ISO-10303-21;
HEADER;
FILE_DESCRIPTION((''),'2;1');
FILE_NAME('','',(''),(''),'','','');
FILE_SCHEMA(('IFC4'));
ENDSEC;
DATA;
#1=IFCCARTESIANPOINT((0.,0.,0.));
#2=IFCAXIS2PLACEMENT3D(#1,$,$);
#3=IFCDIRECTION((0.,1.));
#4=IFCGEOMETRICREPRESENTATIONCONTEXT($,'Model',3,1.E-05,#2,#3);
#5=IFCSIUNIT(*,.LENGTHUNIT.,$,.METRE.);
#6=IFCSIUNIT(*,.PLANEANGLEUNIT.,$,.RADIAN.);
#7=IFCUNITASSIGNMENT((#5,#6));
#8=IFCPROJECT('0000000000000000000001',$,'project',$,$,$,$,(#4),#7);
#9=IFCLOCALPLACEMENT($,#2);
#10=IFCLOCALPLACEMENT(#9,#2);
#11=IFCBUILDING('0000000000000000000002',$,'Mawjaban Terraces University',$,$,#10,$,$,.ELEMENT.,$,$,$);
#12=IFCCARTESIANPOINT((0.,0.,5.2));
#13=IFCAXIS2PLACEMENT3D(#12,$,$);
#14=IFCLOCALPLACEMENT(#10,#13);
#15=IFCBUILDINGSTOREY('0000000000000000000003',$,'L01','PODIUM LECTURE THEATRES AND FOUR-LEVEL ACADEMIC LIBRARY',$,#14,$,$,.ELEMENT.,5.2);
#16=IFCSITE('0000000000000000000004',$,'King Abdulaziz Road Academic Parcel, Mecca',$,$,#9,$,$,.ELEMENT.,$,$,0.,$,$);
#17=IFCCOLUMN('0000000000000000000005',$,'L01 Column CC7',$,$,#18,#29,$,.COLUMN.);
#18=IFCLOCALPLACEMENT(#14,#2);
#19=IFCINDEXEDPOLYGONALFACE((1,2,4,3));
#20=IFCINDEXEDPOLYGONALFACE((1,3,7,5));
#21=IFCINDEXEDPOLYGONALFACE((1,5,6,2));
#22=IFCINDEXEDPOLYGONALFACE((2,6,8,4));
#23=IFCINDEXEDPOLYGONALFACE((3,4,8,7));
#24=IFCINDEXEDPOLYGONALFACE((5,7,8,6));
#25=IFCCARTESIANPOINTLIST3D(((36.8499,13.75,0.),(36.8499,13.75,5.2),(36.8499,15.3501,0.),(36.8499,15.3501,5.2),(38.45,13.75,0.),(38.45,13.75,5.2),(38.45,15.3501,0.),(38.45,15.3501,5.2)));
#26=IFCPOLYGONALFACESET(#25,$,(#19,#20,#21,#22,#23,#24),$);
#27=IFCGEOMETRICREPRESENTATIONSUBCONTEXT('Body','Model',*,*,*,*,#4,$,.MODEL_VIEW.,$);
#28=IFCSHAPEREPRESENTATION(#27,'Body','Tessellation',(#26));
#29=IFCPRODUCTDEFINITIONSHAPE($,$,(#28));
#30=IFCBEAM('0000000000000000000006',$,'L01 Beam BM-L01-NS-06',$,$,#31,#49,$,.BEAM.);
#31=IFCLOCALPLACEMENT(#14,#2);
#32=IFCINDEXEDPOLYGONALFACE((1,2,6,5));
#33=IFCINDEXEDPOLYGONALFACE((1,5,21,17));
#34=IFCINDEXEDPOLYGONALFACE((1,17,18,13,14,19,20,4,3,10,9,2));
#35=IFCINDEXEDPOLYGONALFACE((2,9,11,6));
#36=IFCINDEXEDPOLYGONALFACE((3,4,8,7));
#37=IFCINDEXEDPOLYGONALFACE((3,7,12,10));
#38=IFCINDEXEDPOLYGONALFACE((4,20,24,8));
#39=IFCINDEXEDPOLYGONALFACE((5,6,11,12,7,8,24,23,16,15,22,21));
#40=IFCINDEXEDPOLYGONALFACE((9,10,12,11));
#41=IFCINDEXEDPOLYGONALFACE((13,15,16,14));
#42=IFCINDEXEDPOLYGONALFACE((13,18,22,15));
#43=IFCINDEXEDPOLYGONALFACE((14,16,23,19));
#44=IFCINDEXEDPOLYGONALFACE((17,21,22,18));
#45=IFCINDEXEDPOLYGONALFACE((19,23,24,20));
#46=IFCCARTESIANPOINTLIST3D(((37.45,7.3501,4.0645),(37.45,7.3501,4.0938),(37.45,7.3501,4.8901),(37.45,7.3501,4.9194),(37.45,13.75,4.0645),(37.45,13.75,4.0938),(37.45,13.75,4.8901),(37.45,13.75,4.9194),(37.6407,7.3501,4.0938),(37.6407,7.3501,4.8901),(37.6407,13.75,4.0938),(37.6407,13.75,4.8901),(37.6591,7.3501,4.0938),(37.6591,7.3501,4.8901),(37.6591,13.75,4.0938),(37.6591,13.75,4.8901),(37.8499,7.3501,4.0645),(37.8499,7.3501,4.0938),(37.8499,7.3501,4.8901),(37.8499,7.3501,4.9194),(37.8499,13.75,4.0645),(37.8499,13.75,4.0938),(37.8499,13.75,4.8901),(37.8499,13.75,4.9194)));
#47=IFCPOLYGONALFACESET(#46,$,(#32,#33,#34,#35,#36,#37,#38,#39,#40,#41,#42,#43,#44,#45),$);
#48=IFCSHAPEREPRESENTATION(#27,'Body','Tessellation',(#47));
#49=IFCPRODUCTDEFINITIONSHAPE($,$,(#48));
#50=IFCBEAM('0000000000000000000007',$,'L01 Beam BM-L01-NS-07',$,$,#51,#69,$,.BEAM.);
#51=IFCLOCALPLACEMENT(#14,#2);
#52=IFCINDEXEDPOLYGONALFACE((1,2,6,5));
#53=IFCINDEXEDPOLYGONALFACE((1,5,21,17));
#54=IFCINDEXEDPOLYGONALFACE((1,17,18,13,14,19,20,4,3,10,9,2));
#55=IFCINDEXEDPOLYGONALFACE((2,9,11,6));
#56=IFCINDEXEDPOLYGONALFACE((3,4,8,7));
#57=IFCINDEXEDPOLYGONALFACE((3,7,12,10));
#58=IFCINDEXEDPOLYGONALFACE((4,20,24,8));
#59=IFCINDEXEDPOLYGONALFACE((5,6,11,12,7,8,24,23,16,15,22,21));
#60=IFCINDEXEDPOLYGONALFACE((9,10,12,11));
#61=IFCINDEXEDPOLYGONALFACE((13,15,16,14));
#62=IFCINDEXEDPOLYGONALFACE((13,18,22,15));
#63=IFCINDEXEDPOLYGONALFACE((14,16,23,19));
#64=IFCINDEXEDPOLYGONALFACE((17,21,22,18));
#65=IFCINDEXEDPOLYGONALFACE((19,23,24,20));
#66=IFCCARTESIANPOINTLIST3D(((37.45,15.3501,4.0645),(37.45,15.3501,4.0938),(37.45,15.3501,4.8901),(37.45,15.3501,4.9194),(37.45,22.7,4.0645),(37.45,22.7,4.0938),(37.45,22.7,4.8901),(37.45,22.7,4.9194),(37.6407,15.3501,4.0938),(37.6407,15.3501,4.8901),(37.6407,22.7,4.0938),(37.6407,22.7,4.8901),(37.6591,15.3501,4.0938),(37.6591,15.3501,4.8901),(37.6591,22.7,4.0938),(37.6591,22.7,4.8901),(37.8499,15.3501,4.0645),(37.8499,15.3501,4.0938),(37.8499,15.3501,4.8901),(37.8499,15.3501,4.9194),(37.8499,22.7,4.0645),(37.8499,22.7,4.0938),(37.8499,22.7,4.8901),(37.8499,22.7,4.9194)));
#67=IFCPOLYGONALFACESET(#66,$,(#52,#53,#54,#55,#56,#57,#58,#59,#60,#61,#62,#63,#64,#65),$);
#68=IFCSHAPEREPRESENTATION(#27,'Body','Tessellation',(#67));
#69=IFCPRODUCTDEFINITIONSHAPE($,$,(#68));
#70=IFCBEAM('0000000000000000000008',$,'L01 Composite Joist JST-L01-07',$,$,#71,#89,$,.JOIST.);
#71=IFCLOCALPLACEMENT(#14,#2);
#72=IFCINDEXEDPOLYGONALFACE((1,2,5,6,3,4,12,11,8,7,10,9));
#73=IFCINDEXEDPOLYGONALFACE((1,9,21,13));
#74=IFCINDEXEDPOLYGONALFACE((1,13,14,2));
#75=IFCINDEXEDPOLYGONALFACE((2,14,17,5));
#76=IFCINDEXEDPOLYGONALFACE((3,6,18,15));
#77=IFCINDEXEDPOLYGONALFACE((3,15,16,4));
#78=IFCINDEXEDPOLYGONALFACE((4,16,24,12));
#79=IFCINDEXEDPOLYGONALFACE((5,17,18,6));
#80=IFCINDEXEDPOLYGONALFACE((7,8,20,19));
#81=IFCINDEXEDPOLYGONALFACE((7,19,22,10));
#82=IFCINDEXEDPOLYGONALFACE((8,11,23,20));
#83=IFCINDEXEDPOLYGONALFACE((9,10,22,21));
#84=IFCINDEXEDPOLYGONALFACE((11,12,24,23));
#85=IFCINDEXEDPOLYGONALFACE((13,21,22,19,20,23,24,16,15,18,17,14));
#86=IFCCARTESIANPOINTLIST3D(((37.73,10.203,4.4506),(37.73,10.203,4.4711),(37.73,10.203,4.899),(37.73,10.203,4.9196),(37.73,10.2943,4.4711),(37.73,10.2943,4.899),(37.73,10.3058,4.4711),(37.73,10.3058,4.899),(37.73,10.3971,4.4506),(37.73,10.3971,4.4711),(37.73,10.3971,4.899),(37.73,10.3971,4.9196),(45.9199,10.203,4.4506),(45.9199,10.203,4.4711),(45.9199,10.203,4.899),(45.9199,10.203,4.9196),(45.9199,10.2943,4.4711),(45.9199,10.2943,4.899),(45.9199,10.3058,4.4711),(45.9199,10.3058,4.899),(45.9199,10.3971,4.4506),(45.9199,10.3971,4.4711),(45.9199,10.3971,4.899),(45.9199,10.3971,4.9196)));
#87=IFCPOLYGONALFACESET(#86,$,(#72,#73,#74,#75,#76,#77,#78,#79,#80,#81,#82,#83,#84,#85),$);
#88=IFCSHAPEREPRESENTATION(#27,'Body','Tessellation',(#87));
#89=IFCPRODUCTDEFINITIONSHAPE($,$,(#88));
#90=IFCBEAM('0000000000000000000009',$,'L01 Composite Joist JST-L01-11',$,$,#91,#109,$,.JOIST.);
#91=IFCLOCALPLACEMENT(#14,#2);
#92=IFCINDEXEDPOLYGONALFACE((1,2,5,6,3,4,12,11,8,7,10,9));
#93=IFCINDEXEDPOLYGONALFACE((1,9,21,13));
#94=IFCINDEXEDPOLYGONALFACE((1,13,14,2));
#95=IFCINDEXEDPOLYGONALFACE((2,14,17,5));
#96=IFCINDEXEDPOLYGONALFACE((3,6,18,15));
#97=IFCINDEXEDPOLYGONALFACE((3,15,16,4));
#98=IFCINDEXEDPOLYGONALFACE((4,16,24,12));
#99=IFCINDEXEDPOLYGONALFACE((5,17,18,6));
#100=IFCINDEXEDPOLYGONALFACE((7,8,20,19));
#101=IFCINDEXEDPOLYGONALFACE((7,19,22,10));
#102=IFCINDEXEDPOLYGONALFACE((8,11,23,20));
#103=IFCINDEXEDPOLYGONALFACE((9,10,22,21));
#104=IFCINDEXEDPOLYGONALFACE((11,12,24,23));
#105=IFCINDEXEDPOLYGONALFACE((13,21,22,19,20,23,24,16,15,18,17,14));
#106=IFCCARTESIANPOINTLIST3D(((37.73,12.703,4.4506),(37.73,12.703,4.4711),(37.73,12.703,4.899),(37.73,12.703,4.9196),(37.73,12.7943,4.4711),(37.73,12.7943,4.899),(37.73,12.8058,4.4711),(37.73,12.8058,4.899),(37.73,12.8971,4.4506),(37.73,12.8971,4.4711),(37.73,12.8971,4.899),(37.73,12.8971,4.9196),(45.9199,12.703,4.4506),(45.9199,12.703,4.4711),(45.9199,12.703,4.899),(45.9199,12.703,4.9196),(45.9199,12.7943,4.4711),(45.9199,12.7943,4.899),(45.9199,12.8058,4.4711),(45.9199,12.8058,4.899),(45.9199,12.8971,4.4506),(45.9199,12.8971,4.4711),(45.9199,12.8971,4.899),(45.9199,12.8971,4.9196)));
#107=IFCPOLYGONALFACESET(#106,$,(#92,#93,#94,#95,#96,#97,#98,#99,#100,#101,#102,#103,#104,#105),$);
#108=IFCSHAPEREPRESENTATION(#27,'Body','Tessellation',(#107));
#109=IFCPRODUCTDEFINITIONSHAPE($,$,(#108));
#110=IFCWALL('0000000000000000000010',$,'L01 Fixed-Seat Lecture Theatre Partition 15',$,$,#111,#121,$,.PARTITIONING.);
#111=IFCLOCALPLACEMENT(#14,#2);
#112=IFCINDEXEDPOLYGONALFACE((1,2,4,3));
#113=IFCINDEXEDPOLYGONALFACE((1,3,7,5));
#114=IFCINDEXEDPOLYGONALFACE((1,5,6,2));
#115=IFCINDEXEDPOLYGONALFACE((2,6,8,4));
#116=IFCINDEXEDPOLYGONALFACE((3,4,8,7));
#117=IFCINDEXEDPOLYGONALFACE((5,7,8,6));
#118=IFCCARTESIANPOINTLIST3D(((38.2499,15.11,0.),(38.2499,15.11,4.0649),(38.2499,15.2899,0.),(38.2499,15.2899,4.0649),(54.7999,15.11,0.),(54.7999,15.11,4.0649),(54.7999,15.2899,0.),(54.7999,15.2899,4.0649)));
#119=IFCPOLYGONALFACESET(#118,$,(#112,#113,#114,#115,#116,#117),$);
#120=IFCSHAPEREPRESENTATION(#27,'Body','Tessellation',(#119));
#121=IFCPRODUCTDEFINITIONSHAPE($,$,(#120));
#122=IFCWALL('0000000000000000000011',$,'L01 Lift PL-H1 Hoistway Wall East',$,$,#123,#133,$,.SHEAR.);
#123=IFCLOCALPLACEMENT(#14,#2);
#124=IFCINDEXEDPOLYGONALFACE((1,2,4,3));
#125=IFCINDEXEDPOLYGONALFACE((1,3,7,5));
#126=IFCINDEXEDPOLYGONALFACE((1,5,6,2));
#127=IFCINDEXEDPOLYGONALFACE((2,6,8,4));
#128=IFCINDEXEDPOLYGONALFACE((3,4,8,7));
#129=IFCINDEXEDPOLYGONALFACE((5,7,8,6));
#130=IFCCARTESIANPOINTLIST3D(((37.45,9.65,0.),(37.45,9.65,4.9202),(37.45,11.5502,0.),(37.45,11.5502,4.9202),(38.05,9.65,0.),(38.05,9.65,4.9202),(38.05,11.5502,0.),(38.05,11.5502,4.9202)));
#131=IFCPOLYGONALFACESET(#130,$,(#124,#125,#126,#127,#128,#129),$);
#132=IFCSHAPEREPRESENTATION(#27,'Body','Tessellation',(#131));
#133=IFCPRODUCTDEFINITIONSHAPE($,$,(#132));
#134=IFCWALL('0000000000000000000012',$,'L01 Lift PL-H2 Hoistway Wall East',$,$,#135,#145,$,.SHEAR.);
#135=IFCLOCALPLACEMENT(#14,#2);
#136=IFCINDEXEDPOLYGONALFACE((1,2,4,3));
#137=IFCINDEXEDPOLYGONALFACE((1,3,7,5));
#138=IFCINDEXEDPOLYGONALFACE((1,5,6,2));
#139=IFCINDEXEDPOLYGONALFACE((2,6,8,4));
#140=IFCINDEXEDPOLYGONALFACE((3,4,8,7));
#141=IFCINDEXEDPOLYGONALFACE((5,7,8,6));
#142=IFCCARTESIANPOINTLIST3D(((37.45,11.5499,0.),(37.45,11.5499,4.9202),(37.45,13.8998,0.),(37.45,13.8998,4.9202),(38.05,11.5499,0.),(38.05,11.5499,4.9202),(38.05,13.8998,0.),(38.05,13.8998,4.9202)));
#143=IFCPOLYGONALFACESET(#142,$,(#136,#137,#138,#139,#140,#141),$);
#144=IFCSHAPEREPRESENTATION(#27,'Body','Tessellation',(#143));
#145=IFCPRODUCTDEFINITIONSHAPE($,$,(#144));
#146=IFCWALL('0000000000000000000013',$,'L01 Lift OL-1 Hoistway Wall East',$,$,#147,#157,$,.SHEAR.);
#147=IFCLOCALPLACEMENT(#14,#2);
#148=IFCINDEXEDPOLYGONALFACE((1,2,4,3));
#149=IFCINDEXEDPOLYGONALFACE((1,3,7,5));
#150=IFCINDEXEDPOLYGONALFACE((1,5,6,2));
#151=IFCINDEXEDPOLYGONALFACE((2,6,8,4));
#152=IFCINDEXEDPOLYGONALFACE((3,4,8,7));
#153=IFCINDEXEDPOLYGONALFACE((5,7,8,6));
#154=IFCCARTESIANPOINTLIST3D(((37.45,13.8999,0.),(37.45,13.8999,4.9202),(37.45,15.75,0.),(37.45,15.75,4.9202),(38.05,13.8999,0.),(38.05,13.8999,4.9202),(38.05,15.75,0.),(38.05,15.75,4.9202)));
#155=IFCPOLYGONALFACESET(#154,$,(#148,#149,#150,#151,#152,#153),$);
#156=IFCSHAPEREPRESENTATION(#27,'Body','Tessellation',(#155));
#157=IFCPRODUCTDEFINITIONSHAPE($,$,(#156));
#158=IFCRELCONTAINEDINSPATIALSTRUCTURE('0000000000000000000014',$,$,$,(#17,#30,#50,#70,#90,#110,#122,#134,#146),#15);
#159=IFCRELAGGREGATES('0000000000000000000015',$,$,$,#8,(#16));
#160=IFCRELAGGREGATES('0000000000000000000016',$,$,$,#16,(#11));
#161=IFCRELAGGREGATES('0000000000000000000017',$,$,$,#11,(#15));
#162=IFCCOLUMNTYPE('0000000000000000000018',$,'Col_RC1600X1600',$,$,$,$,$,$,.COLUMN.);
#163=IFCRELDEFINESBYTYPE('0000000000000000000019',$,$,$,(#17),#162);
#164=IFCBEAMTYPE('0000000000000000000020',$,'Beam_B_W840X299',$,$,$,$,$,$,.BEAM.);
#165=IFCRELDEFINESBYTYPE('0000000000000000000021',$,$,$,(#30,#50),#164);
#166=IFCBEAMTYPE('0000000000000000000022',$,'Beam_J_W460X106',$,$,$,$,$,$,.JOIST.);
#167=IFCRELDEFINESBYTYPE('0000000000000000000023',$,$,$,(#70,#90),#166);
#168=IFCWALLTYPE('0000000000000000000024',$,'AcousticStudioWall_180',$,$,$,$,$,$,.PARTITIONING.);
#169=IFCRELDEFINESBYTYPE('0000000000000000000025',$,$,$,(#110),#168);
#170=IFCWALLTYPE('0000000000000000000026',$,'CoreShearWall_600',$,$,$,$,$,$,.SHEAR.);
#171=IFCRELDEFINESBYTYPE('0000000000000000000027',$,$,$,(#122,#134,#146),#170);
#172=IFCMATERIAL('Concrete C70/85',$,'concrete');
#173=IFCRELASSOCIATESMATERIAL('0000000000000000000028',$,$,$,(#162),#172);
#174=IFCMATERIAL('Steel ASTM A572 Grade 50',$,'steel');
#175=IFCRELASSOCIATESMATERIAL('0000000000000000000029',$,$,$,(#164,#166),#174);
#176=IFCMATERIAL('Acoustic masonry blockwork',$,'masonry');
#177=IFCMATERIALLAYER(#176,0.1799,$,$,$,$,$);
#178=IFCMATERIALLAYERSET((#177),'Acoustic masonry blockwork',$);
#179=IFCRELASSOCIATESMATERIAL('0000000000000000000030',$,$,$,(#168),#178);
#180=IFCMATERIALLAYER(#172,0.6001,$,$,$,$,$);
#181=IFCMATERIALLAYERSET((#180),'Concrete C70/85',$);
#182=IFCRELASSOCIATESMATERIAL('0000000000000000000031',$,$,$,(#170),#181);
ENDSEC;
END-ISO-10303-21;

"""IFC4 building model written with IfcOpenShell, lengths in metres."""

from ifc_helpers import new_model, si_unit, direction, frame, frame_2d, origin, origin_2d, place, context, subcontext, project, spatial, rectangle, i_section, extrude, material, layer, layer_set, material_profile, profile_set, type_object, element, save


model = new_model("IFC4")

# Units and contexts
model_context = context("Model", 3, precision=1e-05, world=origin(), true_north=direction((0.0, 1.0)))
body_context = subcontext(model_context, "Body", "Model", "MODEL_VIEW")
ifc_project = project(units=[si_unit("LENGTHUNIT", "METRE"), si_unit("PLANEANGLEUNIT", "RADIAN")], contexts=[model_context])

# Site, building, storey
site_placement = place(None, origin())
site = spatial("IfcSite", under=ifc_project, at=site_placement, Name="King Abdulaziz Road Academic Parcel, Mecca", CompositionType="ELEMENT", RefElevation=0.0)
building_placement = place(site_placement, origin())
building = spatial("IfcBuilding", under=site, at=building_placement, Name="Mawjaban Terraces University", CompositionType="ELEMENT")
storey_placement = place(building_placement, frame((0.0, 0.0, 5.2)))
storey = spatial("IfcBuildingStorey", under=building, at=storey_placement, Name="L01", Description="PODIUM LECTURE THEATRES AND FOUR-LEVEL ACADEMIC LIBRARY", CompositionType="ELEMENT", Elevation=5.2)

# Column
ifc_material_1 = material(Name="Concrete C70/85", Category="concrete")
ifc_material_profile_1 = material_profile(ifc_material_1, rectangle(XDim=1.6001, YDim=1.6001, at=origin_2d()), Name="RC1600X1600")
ifc_profile_set_1 = profile_set([ifc_material_profile_1], Name="Concrete C70/85")
column_type = type_object("IfcColumnType", Name="Col_RC1600X1600", PredefinedType="COLUMN", material=ifc_profile_set_1)
column_placement = place(storey_placement, frame((37.6499, 14.55, 0.0), z_axis=(0.0, 0.0, 1.0), x_axis=(1.0, 0.0, 0.0)))
element("IfcColumn", 1, at=column_placement, inside=storey, type_object=column_type, Name="L01 Column CC7", PredefinedType="COLUMN", context=body_context, shape_type="SweptSolid", body=[
    extrude(rectangle(XDim=1.6001, YDim=1.6001, at=origin_2d()), origin(), (0.0, 0.0, 1.0), 5.2),
])

# Beams
ifc_material_2 = material(Name="Steel ASTM A572 Grade 50", Category="steel")
ifc_material_profile_2 = material_profile(ifc_material_2, i_section(OverallWidth=0.3999, OverallDepth=0.855, WebThickness=0.0183, FlangeThickness=0.0293, at=origin_2d()), Name="W840X299")
ifc_profile_set_2 = profile_set([ifc_material_profile_2], Name="Steel ASTM A572 Grade 50")
beam_type_1 = type_object("IfcBeamType", Name="Beam_B_W840X299", PredefinedType="BEAM", material=ifc_profile_set_2)
beam_1_placement = place(storey_placement, frame((37.6499, 7.3501, 4.4919), z_axis=(0.0, 1.0, 0.0), x_axis=(-1.0, 0.0, 0.0)))
element("IfcBeam", 2, at=beam_1_placement, inside=storey, type_object=beam_type_1, Name="L01 Beam BM-L01-NS-06", PredefinedType="BEAM", context=body_context, shape_type="SweptSolid", body=[
    extrude(i_section(OverallWidth=0.3999, OverallDepth=0.855, WebThickness=0.0183, FlangeThickness=0.0293, at=origin_2d()), origin(), (0.0, 0.0, 1.0), 6.3999),
])
beam_2_placement = place(storey_placement, frame((37.6499, 15.3501, 4.4919), z_axis=(0.0, 1.0, 0.0), x_axis=(-1.0, 0.0, 0.0)))
element("IfcBeam", 3, at=beam_2_placement, inside=storey, type_object=beam_type_1, Name="L01 Beam BM-L01-NS-07", PredefinedType="BEAM", context=body_context, shape_type="SweptSolid", body=[
    extrude(i_section(OverallWidth=0.3999, OverallDepth=0.855, WebThickness=0.0183, FlangeThickness=0.0293, at=origin_2d()), origin(), (0.0, 0.0, 1.0), 7.3499),
])
ifc_material_profile_3 = material_profile(ifc_material_2, i_section(OverallWidth=0.1941, OverallDepth=0.469, WebThickness=0.0115, FlangeThickness=0.0205, at=origin_2d()), Name="W460X106")
ifc_profile_set_3 = profile_set([ifc_material_profile_3], Name="Steel ASTM A572 Grade 50")
beam_type_2 = type_object("IfcBeamType", Name="Beam_J_W460X106", PredefinedType="JOIST", material=ifc_profile_set_3)
for number, where, z_axis, x_axis, name in (
    (4, (37.73, 10.3, 4.6851), (1.0, 0.0, 0.0), (0.0, 1.0, 0.0), "L01 Composite Joist JST-L01-07"),
    (5, (37.73, 12.8, 4.6851), (1.0, 0.0, 0.0), (0.0, 1.0, 0.0), "L01 Composite Joist JST-L01-11"),
):
    element("IfcBeam", number, at=place(storey_placement, frame(where, z_axis=z_axis, x_axis=x_axis)), inside=storey, type_object=beam_type_2, Name=name, PredefinedType="JOIST", context=body_context, shape_type="SweptSolid", body=[
        extrude(i_section(OverallWidth=0.1941, OverallDepth=0.469, WebThickness=0.0115, FlangeThickness=0.0205, at=origin_2d()), origin(), (0.0, 0.0, 1.0), 8.1899),
    ])

# Walls
ifc_material_3 = material(Name="Acoustic masonry blockwork", Category="masonry")
ifc_layer_1 = layer(ifc_material_3, 0.1799)
ifc_layer_set_1 = layer_set([ifc_layer_1], Name="Acoustic masonry blockwork")
wall_type_1 = type_object("IfcWallType", Name="AcousticStudioWall_180", PredefinedType="PARTITIONING", material=ifc_layer_set_1)
wall_1_placement = place(storey_placement, frame((38.25, 15.2, 0.0), z_axis=(0.0, 0.0, 1.0), x_axis=(1.0, 0.0, 0.0)))
element("IfcWall", 6, at=wall_1_placement, inside=storey, type_object=wall_type_1, Name="L01 Fixed-Seat Lecture Theatre Partition 15", PredefinedType="PARTITIONING", context=body_context, shape_type="SweptSolid", body=[
    extrude(rectangle(XDim=16.55, YDim=0.1799, at=frame_2d((8.2749, 0.0))), origin(), (0.0, 0.0, 1.0), 4.0649),
])
ifc_layer_2 = layer(ifc_material_1, 0.6001)
ifc_layer_set_2 = layer_set([ifc_layer_2], Name="Concrete C70/85")
wall_type_2 = type_object("IfcWallType", Name="CoreShearWall_600", PredefinedType="SHEAR", material=ifc_layer_set_2)
wall_2_placement = place(storey_placement, frame((37.75, 9.6499, 0.0), z_axis=(0.0, 0.0, 1.0), x_axis=(0.0, 1.0, 0.0)))
element("IfcWall", 7, at=wall_2_placement, inside=storey, type_object=wall_type_2, Name="L01 Lift PL-H1 Hoistway Wall East", PredefinedType="SHEAR", context=body_context, shape_type="SweptSolid", body=[
    extrude(rectangle(XDim=1.9001, YDim=0.6001, at=frame_2d((0.9502, 0.0))), origin(), (0.0, 0.0, 1.0), 4.9202),
])
wall_3_placement = place(storey_placement, frame((37.75, 11.55, 0.0), z_axis=(0.0, 0.0, 1.0), x_axis=(0.0, 1.0, 0.0)))
element("IfcWall", 8, at=wall_3_placement, inside=storey, type_object=wall_type_2, Name="L01 Lift PL-H2 Hoistway Wall East", PredefinedType="SHEAR", context=body_context, shape_type="SweptSolid", body=[
    extrude(rectangle(XDim=2.3499, YDim=0.6001, at=frame_2d((1.1748, 0.0))), origin(), (0.0, 0.0, 1.0), 4.9202),
])
wall_4_placement = place(storey_placement, frame((37.75, 13.8999, 0.0), z_axis=(0.0, 0.0, 1.0), x_axis=(0.0, 1.0, 0.0)))
element("IfcWall", 9, at=wall_4_placement, inside=storey, type_object=wall_type_2, Name="L01 Lift OL-1 Hoistway Wall East", PredefinedType="SHEAR", context=body_context, shape_type="SweptSolid", body=[
    extrude(rectangle(XDim=1.8501, YDim=0.6001, at=frame_2d((0.925, 0.0))), origin(), (0.0, 0.0, 1.0), 4.9202),
])

save(model, "model.ifc")
